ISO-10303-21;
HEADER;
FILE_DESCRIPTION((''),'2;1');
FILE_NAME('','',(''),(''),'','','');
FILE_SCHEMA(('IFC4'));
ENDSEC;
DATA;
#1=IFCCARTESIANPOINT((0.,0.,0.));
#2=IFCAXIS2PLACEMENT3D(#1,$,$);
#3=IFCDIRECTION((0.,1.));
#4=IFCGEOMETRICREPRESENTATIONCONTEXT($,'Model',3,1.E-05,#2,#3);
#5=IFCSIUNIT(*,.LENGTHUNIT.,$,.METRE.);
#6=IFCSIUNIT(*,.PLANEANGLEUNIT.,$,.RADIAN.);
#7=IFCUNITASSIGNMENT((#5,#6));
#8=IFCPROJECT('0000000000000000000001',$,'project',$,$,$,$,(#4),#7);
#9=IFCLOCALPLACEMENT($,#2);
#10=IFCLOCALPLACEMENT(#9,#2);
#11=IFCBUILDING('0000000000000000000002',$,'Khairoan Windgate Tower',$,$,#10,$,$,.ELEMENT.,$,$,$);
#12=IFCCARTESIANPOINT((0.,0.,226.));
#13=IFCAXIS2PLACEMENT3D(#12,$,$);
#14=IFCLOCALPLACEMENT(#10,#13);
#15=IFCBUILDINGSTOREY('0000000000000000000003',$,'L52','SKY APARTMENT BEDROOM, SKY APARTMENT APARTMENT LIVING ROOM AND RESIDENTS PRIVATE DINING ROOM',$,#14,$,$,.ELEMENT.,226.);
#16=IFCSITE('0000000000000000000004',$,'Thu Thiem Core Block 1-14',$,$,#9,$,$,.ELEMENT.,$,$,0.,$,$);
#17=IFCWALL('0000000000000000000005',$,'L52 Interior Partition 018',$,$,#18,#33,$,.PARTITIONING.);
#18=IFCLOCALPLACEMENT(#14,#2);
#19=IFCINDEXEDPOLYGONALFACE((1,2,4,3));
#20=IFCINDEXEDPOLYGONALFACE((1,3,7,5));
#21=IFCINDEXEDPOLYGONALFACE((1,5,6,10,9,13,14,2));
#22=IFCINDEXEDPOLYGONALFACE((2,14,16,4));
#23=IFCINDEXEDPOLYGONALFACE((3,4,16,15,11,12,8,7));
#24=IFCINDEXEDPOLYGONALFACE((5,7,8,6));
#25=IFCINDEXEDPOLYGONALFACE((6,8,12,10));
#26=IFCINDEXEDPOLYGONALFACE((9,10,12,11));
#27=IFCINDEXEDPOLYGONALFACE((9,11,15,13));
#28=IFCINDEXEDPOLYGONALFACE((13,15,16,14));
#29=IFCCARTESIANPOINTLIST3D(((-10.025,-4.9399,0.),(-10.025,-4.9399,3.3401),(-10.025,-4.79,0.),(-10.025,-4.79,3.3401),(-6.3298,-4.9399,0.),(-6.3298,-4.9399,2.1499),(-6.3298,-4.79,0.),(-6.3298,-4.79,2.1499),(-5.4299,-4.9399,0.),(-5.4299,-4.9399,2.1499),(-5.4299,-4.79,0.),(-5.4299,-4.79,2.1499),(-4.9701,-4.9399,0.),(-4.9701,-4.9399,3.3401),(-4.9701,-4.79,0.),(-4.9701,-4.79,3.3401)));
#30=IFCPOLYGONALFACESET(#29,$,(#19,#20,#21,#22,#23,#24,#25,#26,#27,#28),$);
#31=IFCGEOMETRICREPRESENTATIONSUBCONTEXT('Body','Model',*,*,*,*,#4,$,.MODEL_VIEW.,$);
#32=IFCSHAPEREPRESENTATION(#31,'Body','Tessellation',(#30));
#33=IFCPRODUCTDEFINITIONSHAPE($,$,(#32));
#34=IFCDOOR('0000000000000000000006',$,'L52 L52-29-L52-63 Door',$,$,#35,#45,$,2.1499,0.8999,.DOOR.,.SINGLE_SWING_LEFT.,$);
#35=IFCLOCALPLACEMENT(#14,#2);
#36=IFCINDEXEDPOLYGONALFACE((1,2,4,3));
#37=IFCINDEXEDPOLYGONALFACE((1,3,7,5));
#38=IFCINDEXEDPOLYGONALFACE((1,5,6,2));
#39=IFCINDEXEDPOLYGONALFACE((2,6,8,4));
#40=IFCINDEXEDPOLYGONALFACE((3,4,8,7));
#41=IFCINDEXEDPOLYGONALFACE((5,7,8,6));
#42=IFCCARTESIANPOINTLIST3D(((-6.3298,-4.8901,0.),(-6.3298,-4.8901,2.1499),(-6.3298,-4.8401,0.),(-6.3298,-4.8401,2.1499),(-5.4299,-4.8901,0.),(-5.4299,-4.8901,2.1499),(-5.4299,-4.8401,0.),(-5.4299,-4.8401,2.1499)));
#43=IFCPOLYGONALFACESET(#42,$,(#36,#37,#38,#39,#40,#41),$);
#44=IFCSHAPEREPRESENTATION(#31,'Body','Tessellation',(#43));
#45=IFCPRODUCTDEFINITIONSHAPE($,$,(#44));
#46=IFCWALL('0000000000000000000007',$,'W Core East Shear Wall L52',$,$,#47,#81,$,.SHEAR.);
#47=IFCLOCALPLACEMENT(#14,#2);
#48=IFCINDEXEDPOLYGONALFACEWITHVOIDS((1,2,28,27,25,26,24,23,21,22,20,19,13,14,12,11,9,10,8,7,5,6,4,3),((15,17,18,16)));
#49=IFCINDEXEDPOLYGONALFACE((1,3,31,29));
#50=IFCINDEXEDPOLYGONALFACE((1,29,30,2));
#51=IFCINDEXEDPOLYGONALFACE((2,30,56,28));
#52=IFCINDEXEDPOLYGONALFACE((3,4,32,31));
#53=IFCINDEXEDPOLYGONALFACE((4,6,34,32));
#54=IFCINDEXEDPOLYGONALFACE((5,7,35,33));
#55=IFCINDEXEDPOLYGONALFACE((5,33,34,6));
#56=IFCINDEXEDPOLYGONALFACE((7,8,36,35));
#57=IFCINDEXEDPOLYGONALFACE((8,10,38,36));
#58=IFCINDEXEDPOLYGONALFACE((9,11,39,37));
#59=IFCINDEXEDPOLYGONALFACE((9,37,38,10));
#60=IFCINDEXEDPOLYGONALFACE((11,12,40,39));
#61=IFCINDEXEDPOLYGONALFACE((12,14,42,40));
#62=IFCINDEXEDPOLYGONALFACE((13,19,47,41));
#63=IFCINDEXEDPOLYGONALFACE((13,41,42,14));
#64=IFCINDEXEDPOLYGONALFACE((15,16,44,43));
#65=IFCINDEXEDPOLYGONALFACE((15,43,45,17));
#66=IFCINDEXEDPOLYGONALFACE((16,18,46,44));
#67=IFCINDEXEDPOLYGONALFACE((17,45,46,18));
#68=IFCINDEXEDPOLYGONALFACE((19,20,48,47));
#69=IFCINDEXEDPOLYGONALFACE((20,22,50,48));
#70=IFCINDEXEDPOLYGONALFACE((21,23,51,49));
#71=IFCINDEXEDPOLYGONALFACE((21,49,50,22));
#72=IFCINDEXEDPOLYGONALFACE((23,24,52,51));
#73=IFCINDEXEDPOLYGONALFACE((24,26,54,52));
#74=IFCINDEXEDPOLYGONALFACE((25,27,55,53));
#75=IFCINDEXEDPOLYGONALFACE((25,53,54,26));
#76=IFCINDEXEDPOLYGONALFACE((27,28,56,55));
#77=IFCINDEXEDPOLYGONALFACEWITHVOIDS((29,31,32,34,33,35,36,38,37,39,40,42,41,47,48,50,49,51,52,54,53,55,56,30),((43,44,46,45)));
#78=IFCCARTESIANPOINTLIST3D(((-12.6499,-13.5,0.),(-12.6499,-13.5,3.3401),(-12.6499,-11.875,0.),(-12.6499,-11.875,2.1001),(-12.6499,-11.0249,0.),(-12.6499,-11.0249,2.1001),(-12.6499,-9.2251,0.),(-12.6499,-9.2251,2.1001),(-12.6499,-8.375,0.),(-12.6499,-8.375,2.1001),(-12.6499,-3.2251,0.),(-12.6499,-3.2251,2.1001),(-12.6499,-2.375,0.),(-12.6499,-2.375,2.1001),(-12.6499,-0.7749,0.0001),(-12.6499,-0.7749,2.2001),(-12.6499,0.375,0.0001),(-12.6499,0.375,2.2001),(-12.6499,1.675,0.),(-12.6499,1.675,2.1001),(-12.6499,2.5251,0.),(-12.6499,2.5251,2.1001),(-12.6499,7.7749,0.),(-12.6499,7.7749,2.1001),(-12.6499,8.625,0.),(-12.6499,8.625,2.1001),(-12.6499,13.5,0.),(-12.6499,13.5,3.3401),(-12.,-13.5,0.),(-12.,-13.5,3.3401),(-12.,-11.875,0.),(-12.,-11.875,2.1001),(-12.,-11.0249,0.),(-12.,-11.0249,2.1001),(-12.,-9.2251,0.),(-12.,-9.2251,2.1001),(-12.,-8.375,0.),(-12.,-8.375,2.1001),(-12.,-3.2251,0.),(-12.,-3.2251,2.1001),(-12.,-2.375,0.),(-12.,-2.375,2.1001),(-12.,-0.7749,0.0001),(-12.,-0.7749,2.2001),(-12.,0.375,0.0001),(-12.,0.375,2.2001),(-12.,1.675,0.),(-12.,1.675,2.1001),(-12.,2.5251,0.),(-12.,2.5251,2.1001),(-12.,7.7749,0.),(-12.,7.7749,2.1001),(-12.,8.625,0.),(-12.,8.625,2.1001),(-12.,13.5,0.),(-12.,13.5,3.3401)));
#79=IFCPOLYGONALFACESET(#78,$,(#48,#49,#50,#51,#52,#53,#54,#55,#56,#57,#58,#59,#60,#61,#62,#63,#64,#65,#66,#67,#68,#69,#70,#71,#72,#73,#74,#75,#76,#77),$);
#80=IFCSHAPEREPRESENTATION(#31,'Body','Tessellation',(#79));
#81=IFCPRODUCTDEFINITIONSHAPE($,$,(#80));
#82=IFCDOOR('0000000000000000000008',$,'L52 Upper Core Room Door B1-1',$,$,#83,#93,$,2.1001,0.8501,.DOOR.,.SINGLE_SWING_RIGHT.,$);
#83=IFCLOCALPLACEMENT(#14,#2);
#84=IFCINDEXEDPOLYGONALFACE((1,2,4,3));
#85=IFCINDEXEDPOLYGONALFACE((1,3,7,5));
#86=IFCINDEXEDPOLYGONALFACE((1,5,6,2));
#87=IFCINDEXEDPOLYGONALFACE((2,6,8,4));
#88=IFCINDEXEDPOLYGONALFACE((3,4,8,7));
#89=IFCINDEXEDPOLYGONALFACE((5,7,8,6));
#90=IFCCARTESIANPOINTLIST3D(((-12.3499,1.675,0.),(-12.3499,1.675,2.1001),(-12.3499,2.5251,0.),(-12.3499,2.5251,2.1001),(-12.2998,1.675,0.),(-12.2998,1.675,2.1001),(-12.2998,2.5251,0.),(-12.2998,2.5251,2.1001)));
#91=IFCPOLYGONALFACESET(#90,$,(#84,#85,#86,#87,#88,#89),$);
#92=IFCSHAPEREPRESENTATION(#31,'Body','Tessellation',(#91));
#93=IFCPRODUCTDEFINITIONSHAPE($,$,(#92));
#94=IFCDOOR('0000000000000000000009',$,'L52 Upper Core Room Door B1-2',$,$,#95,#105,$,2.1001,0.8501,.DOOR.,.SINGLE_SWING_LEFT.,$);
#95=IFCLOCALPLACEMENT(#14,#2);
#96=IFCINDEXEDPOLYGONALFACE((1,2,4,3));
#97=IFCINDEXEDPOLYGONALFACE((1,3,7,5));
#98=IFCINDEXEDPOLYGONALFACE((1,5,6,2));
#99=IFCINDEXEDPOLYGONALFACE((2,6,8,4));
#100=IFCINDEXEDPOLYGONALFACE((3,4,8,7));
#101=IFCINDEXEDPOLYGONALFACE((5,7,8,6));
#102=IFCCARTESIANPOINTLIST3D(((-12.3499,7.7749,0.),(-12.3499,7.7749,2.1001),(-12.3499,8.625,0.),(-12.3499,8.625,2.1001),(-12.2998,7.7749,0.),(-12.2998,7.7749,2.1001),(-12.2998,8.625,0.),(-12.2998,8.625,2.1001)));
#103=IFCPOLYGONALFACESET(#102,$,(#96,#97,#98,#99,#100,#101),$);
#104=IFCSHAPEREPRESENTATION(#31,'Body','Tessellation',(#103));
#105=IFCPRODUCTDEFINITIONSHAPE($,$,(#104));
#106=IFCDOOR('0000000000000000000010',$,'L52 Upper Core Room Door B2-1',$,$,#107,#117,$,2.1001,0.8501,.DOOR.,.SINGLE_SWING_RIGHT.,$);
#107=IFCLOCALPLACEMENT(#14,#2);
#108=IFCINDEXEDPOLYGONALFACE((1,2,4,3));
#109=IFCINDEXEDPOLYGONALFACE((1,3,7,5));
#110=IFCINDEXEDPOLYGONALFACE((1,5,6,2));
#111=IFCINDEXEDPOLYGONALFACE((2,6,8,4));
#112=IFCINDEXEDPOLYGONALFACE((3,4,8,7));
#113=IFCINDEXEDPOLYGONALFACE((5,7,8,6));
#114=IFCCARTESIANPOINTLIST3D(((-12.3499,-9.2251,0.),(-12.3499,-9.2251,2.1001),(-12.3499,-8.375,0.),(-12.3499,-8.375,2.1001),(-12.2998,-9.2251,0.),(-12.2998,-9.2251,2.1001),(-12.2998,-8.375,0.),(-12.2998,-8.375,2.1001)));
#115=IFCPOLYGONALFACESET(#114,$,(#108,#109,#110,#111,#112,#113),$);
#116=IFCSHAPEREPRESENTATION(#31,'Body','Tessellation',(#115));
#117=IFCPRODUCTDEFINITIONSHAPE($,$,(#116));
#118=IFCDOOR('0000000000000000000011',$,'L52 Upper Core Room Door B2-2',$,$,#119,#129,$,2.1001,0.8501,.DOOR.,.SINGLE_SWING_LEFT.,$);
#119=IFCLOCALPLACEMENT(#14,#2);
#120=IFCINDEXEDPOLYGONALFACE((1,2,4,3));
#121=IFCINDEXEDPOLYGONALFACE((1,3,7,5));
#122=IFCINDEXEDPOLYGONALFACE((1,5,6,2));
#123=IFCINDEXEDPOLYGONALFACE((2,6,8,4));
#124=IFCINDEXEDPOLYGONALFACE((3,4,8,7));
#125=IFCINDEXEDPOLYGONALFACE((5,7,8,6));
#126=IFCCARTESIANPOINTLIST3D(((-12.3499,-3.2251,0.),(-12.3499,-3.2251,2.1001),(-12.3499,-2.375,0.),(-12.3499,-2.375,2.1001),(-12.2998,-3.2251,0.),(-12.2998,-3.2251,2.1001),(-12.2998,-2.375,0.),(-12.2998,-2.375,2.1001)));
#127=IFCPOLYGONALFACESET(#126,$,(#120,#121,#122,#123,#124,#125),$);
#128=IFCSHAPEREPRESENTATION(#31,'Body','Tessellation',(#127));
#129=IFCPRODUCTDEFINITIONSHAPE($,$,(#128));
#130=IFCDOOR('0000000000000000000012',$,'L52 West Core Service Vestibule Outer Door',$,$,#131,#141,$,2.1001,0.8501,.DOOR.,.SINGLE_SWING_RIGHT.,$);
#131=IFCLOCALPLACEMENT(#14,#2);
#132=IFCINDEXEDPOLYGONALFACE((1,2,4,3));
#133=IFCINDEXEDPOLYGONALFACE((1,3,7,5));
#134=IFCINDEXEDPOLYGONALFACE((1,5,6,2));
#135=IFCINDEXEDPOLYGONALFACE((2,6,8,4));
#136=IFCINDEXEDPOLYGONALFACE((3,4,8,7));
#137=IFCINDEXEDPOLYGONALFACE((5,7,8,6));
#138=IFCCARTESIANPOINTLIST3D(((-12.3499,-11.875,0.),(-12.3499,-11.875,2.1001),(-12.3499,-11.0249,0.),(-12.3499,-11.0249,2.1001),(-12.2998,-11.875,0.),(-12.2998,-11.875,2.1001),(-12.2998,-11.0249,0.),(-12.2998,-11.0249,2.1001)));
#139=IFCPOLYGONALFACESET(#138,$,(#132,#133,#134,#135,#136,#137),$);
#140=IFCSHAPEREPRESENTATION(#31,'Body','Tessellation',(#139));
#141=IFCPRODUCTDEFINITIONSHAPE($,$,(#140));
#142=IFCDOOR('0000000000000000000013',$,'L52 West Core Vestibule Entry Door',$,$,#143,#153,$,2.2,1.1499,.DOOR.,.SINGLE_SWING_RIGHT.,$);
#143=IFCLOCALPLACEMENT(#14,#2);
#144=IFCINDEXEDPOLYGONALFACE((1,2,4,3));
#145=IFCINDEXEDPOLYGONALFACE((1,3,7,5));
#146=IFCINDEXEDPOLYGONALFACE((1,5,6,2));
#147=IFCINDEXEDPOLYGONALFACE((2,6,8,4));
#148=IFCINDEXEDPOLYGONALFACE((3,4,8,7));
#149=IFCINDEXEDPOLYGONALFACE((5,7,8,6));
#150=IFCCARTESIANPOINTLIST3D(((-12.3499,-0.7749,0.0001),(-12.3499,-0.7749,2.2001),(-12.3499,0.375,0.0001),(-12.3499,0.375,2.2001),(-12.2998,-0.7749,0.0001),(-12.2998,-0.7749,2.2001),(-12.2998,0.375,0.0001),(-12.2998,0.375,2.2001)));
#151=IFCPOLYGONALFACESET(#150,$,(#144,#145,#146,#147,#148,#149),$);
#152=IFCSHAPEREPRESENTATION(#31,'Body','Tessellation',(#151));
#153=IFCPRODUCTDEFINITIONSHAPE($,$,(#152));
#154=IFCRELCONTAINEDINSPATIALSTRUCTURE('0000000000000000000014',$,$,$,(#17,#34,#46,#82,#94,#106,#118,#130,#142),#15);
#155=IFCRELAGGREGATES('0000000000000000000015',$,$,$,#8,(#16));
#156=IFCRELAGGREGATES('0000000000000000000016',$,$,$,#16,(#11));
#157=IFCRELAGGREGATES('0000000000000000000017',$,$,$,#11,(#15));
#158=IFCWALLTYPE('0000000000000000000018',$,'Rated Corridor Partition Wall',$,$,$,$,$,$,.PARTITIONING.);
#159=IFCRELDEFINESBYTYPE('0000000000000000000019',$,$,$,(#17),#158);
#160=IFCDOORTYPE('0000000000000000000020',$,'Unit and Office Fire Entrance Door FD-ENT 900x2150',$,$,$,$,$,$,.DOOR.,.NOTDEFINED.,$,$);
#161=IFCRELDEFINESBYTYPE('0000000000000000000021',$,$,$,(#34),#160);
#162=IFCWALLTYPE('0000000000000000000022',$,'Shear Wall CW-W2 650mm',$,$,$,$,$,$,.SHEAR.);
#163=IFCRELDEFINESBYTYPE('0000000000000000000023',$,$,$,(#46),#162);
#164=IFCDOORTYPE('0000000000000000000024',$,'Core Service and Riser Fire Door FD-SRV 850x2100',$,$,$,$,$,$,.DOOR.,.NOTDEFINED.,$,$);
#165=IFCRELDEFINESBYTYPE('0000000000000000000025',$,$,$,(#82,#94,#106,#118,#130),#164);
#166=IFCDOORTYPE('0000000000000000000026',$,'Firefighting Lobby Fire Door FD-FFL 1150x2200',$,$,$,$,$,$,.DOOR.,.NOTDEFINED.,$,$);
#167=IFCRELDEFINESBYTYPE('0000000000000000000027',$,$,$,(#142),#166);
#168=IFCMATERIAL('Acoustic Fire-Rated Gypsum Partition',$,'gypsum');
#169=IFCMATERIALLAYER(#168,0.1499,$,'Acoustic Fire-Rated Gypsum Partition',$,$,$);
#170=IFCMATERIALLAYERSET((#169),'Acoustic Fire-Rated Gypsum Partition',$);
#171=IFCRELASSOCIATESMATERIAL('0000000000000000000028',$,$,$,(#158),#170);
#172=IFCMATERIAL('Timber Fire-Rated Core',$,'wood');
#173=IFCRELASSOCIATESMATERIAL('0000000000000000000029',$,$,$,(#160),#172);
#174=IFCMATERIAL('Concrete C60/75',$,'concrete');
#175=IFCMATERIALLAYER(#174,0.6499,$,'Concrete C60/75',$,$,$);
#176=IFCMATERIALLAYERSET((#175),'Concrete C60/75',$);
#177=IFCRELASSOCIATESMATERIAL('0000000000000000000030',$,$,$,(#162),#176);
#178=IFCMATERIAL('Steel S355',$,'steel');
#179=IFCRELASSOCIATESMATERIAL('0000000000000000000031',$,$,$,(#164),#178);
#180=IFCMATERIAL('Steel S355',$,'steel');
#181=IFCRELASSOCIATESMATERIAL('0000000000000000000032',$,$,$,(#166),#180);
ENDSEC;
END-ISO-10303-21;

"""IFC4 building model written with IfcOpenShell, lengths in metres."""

from ifc_helpers import new_model, si_unit, direction, frame, frame_2d, origin, place, context, subcontext, project, spatial, rectangle, extrude, material, layer, layer_set, type_object, element, fill, save


model = new_model("IFC4")

# Units and contexts
model_context = context("Model", 3, precision=1e-05, world=origin(), true_north=direction((0.0, 1.0)))
body_context = subcontext(model_context, "Body", "Model", "MODEL_VIEW")
ifc_project = project(units=[si_unit("LENGTHUNIT", "METRE"), si_unit("PLANEANGLEUNIT", "RADIAN")], contexts=[model_context])

# Site, building, storey
site_placement = place(None, origin())
site = spatial("IfcSite", under=ifc_project, at=site_placement, Name="Thu Thiem Core Block 1-14", CompositionType="ELEMENT", RefElevation=0.0)
building_placement = place(site_placement, origin())
building = spatial("IfcBuilding", under=site, at=building_placement, Name="Khairoan Windgate Tower", CompositionType="ELEMENT")
storey_placement = place(building_placement, frame((0.0, 0.0, 226.0)))
storey = spatial("IfcBuildingStorey", under=building, at=storey_placement, Name="L52", Description="SKY APARTMENT BEDROOM, SKY APARTMENT APARTMENT LIVING ROOM AND RESIDENTS PRIVATE DINING ROOM", CompositionType="ELEMENT", Elevation=226.0)

# Wall, opening, door
ifc_material_1 = material(Name="Acoustic Fire-Rated Gypsum Partition", Category="gypsum")
ifc_layer_1 = layer(ifc_material_1, 0.1499, Name="Acoustic Fire-Rated Gypsum Partition")
ifc_layer_set_1 = layer_set([ifc_layer_1], Name="Acoustic Fire-Rated Gypsum Partition")
wall_type_1 = type_object("IfcWallType", Name="Rated Corridor Partition Wall", PredefinedType="PARTITIONING", material=ifc_layer_set_1)
ifc_material_2 = material(Name="Timber Fire-Rated Core", Category="wood")
door_type_1 = type_object("IfcDoorType", Name="Unit and Office Fire Entrance Door FD-ENT 900x2150", OperationType="NOTDEFINED", PredefinedType="DOOR", material=ifc_material_2)
wall_1_placement = place(storey_placement, frame((-10.0249, -4.865, 0.0), z_axis=(0.0, 0.0, 1.0), x_axis=(1.0, 0.0, 0.0)))
wall_1 = element("IfcWall", 1, at=wall_1_placement, inside=storey, type_object=wall_type_1, Name="L52 Interior Partition 018", PredefinedType="PARTITIONING", context=body_context, shape_type="SweptSolid", body=[
    extrude(rectangle(XDim=5.0549, YDim=0.1499, at=frame_2d((2.5273, 0.0))), origin(), (0.0, 0.0, 1.0), 3.3401),
])
opening_1_placement = place(wall_1_placement, frame((3.6951, 0.0, 0.0)))
opening_1 = element("IfcOpeningElement", 2, at=opening_1_placement, cuts=wall_1, PredefinedType="OPENING", context=body_context, shape_type="SweptSolid", body=[
    extrude(rectangle(XDim=0.8999, YDim=2.1499, at=frame_2d((0.45, 1.075))), frame((0.0, 0.085, 0.0), z_axis=(0.0, -1.0, 0.0), x_axis=(1.0, 0.0, 0.0)), (0.0, 0.0, 1.0), 0.1699),
])
door_1_placement = place(opening_1_placement, origin())
door_1 = element("IfcDoor", 3, at=door_1_placement, inside=storey, type_object=door_type_1, Name="L52 L52-29-L52-63 Door", OperationType="SINGLE_SWING_LEFT", OverallHeight=2.1499, OverallWidth=0.8999, PredefinedType="DOOR", context=body_context, shape_type="SweptSolid", body=[
    extrude(rectangle(XDim=0.8999, YDim=2.1499, at=frame_2d((0.45, 1.075))), frame((0.0, 0.0249, 0.0), z_axis=(0.0, -1.0, 0.0), x_axis=(1.0, 0.0, 0.0)), (0.0, 0.0, 1.0), 0.05),
])
fill(opening_1, door_1)

# Wall, openings, doors
ifc_material_3 = material(Name="Concrete C60/75", Category="concrete")
ifc_layer_2 = layer(ifc_material_3, 0.6499, Name="Concrete C60/75")
ifc_layer_set_2 = layer_set([ifc_layer_2], Name="Concrete C60/75")
wall_type_2 = type_object("IfcWallType", Name="Shear Wall CW-W2 650mm", PredefinedType="SHEAR", material=ifc_layer_set_2)
wall_2_placement = place(storey_placement, frame((-12.325, -13.5, 0.0), z_axis=(0.0, 0.0, 1.0), x_axis=(0.0, 1.0, 0.0)))
wall_2 = element("IfcWall", 4, at=wall_2_placement, inside=storey, type_object=wall_type_2, Name="W Core East Shear Wall L52", PredefinedType="SHEAR", context=body_context, shape_type="SweptSolid", body=[
    extrude(rectangle(XDim=27.0, YDim=0.6499, at=frame_2d((13.5, 0.0))), origin(), (0.0, 0.0, 1.0), 3.3401),
])
opening_2_placement = place(wall_2_placement, frame((15.175, 0.0, 0.0)))
opening_2 = element("IfcOpeningElement", 5, at=opening_2_placement, cuts=wall_2, PredefinedType="OPENING", context=body_context, shape_type="SweptSolid", body=[
    extrude(rectangle(XDim=0.8501, YDim=2.1001, at=frame_2d((0.425, 1.05))), frame((0.0, 0.335, 0.0), z_axis=(0.0, -1.0, 0.0), x_axis=(1.0, 0.0, 0.0)), (0.0, 0.0, 1.0), 0.6699),
])
opening_3_placement = place(wall_2_placement, frame((21.2749, 0.0, 0.0)))
opening_3 = element("IfcOpeningElement", 6, at=opening_3_placement, cuts=wall_2, PredefinedType="OPENING", context=body_context, shape_type="SweptSolid", body=[
    extrude(rectangle(XDim=0.8501, YDim=2.1001, at=frame_2d((0.425, 1.05))), frame((0.0, 0.335, 0.0), z_axis=(0.0, -1.0, 0.0), x_axis=(1.0, 0.0, 0.0)), (0.0, 0.0, 1.0), 0.6699),
])
opening_4_placement = place(wall_2_placement, frame((4.2749, 0.0, 0.0)))
opening_4 = element("IfcOpeningElement", 7, at=opening_4_placement, cuts=wall_2, PredefinedType="OPENING", context=body_context, shape_type="SweptSolid", body=[
    extrude(rectangle(XDim=0.8501, YDim=2.1001, at=frame_2d((0.425, 1.05))), frame((0.0, 0.335, 0.0), z_axis=(0.0, -1.0, 0.0), x_axis=(1.0, 0.0, 0.0)), (0.0, 0.0, 1.0), 0.6699),
])
opening_5_placement = place(wall_2_placement, frame((10.2749, 0.0, 0.0)))
opening_5 = element("IfcOpeningElement", 8, at=opening_5_placement, cuts=wall_2, PredefinedType="OPENING", context=body_context, shape_type="SweptSolid", body=[
    extrude(rectangle(XDim=0.8501, YDim=2.1001, at=frame_2d((0.425, 1.05))), frame((0.0, 0.335, 0.0), z_axis=(0.0, -1.0, 0.0), x_axis=(1.0, 0.0, 0.0)), (0.0, 0.0, 1.0), 0.6699),
])
opening_6_placement = place(wall_2_placement, frame((12.7251, 0.0, 0.0)))
opening_6 = element("IfcOpeningElement", 9, at=opening_6_placement, cuts=wall_2, PredefinedType="OPENING", context=body_context, shape_type="SweptSolid", body=[
    extrude(rectangle(XDim=1.1499, YDim=2.2, at=frame_2d((0.575, 1.1001))), frame((0.0, 0.335, 0.0), z_axis=(0.0, -1.0, 0.0), x_axis=(1.0, 0.0, 0.0)), (0.0, 0.0, 1.0), 0.6699),
])
opening_7_placement = place(wall_2_placement, frame((1.625, 0.0, 0.0)))
opening_7 = element("IfcOpeningElement", 10, at=opening_7_placement, cuts=wall_2, PredefinedType="OPENING", context=body_context, shape_type="SweptSolid", body=[
    extrude(rectangle(XDim=0.8501, YDim=2.1001, at=frame_2d((0.425, 1.05))), frame((0.0, 0.335, 0.0), z_axis=(0.0, -1.0, 0.0), x_axis=(1.0, 0.0, 0.0)), (0.0, 0.0, 1.0), 0.6699),
])
ifc_material_4 = material(Name="Steel S355", Category="steel")
door_type_2 = type_object("IfcDoorType", Name="Core Service and Riser Fire Door FD-SRV 850x2100", OperationType="NOTDEFINED", PredefinedType="DOOR", material=ifc_material_4)
door_2_placement = place(opening_2_placement, origin())
door_2 = element("IfcDoor", 11, at=door_2_placement, inside=storey, type_object=door_type_2, Name="L52 Upper Core Room Door B1-1", OperationType="SINGLE_SWING_RIGHT", OverallHeight=2.1001, OverallWidth=0.8501, PredefinedType="DOOR", context=body_context, shape_type="SweptSolid", body=[
    extrude(rectangle(XDim=0.8501, YDim=2.1001, at=frame_2d((0.425, 1.05))), frame((0.0, 0.0249, 0.0), z_axis=(0.0, -1.0, 0.0), x_axis=(1.0, 0.0, 0.0)), (0.0, 0.0, 1.0), 0.05),
])
fill(opening_2, door_2)
door_3_placement = place(opening_3_placement, origin())
door_3 = element("IfcDoor", 12, at=door_3_placement, inside=storey, type_object=door_type_2, Name="L52 Upper Core Room Door B1-2", OperationType="SINGLE_SWING_LEFT", OverallHeight=2.1001, OverallWidth=0.8501, PredefinedType="DOOR", context=body_context, shape_type="SweptSolid", body=[
    extrude(rectangle(XDim=0.8501, YDim=2.1001, at=frame_2d((0.425, 1.05))), frame((0.0, 0.0249, 0.0), z_axis=(0.0, -1.0, 0.0), x_axis=(1.0, 0.0, 0.0)), (0.0, 0.0, 1.0), 0.05),
])
fill(opening_3, door_3)
door_4_placement = place(opening_4_placement, origin())
door_4 = element("IfcDoor", 13, at=door_4_placement, inside=storey, type_object=door_type_2, Name="L52 Upper Core Room Door B2-1", OperationType="SINGLE_SWING_RIGHT", OverallHeight=2.1001, OverallWidth=0.8501, PredefinedType="DOOR", context=body_context, shape_type="SweptSolid", body=[
    extrude(rectangle(XDim=0.8501, YDim=2.1001, at=frame_2d((0.425, 1.05))), frame((0.0, 0.0249, 0.0), z_axis=(0.0, -1.0, 0.0), x_axis=(1.0, 0.0, 0.0)), (0.0, 0.0, 1.0), 0.05),
])
fill(opening_4, door_4)
door_5_placement = place(opening_5_placement, origin())
door_5 = element("IfcDoor", 14, at=door_5_placement, inside=storey, type_object=door_type_2, Name="L52 Upper Core Room Door B2-2", OperationType="SINGLE_SWING_LEFT", OverallHeight=2.1001, OverallWidth=0.8501, PredefinedType="DOOR", context=body_context, shape_type="SweptSolid", body=[
    extrude(rectangle(XDim=0.8501, YDim=2.1001, at=frame_2d((0.425, 1.05))), frame((0.0, 0.0249, 0.0), z_axis=(0.0, -1.0, 0.0), x_axis=(1.0, 0.0, 0.0)), (0.0, 0.0, 1.0), 0.05),
])
fill(opening_5, door_5)
door_6_placement = place(opening_7_placement, origin())
door_6 = element("IfcDoor", 15, at=door_6_placement, inside=storey, type_object=door_type_2, Name="L52 West Core Service Vestibule Outer Door", OperationType="SINGLE_SWING_RIGHT", OverallHeight=2.1001, OverallWidth=0.8501, PredefinedType="DOOR", context=body_context, shape_type="SweptSolid", body=[
    extrude(rectangle(XDim=0.8501, YDim=2.1001, at=frame_2d((0.425, 1.05))), frame((0.0, 0.0249, 0.0), z_axis=(0.0, -1.0, 0.0), x_axis=(1.0, 0.0, 0.0)), (0.0, 0.0, 1.0), 0.05),
])
fill(opening_7, door_6)
ifc_material_5 = material(Name="Steel S355", Category="steel")
door_type_3 = type_object("IfcDoorType", Name="Firefighting Lobby Fire Door FD-FFL 1150x2200", OperationType="NOTDEFINED", PredefinedType="DOOR", material=ifc_material_5)
door_7_placement = place(opening_6_placement, origin())
door_7 = element("IfcDoor", 16, at=door_7_placement, inside=storey, type_object=door_type_3, Name="L52 West Core Vestibule Entry Door", OperationType="SINGLE_SWING_RIGHT", OverallHeight=2.2, OverallWidth=1.1499, PredefinedType="DOOR", context=body_context, shape_type="SweptSolid", body=[
    extrude(rectangle(XDim=1.1499, YDim=2.2, at=frame_2d((0.575, 1.1001))), frame((0.0, 0.0249, 0.0), z_axis=(0.0, -1.0, 0.0), x_axis=(1.0, 0.0, 0.0)), (0.0, 0.0, 1.0), 0.05),
])
fill(opening_6, door_7)

save(model, "model.ifc")
